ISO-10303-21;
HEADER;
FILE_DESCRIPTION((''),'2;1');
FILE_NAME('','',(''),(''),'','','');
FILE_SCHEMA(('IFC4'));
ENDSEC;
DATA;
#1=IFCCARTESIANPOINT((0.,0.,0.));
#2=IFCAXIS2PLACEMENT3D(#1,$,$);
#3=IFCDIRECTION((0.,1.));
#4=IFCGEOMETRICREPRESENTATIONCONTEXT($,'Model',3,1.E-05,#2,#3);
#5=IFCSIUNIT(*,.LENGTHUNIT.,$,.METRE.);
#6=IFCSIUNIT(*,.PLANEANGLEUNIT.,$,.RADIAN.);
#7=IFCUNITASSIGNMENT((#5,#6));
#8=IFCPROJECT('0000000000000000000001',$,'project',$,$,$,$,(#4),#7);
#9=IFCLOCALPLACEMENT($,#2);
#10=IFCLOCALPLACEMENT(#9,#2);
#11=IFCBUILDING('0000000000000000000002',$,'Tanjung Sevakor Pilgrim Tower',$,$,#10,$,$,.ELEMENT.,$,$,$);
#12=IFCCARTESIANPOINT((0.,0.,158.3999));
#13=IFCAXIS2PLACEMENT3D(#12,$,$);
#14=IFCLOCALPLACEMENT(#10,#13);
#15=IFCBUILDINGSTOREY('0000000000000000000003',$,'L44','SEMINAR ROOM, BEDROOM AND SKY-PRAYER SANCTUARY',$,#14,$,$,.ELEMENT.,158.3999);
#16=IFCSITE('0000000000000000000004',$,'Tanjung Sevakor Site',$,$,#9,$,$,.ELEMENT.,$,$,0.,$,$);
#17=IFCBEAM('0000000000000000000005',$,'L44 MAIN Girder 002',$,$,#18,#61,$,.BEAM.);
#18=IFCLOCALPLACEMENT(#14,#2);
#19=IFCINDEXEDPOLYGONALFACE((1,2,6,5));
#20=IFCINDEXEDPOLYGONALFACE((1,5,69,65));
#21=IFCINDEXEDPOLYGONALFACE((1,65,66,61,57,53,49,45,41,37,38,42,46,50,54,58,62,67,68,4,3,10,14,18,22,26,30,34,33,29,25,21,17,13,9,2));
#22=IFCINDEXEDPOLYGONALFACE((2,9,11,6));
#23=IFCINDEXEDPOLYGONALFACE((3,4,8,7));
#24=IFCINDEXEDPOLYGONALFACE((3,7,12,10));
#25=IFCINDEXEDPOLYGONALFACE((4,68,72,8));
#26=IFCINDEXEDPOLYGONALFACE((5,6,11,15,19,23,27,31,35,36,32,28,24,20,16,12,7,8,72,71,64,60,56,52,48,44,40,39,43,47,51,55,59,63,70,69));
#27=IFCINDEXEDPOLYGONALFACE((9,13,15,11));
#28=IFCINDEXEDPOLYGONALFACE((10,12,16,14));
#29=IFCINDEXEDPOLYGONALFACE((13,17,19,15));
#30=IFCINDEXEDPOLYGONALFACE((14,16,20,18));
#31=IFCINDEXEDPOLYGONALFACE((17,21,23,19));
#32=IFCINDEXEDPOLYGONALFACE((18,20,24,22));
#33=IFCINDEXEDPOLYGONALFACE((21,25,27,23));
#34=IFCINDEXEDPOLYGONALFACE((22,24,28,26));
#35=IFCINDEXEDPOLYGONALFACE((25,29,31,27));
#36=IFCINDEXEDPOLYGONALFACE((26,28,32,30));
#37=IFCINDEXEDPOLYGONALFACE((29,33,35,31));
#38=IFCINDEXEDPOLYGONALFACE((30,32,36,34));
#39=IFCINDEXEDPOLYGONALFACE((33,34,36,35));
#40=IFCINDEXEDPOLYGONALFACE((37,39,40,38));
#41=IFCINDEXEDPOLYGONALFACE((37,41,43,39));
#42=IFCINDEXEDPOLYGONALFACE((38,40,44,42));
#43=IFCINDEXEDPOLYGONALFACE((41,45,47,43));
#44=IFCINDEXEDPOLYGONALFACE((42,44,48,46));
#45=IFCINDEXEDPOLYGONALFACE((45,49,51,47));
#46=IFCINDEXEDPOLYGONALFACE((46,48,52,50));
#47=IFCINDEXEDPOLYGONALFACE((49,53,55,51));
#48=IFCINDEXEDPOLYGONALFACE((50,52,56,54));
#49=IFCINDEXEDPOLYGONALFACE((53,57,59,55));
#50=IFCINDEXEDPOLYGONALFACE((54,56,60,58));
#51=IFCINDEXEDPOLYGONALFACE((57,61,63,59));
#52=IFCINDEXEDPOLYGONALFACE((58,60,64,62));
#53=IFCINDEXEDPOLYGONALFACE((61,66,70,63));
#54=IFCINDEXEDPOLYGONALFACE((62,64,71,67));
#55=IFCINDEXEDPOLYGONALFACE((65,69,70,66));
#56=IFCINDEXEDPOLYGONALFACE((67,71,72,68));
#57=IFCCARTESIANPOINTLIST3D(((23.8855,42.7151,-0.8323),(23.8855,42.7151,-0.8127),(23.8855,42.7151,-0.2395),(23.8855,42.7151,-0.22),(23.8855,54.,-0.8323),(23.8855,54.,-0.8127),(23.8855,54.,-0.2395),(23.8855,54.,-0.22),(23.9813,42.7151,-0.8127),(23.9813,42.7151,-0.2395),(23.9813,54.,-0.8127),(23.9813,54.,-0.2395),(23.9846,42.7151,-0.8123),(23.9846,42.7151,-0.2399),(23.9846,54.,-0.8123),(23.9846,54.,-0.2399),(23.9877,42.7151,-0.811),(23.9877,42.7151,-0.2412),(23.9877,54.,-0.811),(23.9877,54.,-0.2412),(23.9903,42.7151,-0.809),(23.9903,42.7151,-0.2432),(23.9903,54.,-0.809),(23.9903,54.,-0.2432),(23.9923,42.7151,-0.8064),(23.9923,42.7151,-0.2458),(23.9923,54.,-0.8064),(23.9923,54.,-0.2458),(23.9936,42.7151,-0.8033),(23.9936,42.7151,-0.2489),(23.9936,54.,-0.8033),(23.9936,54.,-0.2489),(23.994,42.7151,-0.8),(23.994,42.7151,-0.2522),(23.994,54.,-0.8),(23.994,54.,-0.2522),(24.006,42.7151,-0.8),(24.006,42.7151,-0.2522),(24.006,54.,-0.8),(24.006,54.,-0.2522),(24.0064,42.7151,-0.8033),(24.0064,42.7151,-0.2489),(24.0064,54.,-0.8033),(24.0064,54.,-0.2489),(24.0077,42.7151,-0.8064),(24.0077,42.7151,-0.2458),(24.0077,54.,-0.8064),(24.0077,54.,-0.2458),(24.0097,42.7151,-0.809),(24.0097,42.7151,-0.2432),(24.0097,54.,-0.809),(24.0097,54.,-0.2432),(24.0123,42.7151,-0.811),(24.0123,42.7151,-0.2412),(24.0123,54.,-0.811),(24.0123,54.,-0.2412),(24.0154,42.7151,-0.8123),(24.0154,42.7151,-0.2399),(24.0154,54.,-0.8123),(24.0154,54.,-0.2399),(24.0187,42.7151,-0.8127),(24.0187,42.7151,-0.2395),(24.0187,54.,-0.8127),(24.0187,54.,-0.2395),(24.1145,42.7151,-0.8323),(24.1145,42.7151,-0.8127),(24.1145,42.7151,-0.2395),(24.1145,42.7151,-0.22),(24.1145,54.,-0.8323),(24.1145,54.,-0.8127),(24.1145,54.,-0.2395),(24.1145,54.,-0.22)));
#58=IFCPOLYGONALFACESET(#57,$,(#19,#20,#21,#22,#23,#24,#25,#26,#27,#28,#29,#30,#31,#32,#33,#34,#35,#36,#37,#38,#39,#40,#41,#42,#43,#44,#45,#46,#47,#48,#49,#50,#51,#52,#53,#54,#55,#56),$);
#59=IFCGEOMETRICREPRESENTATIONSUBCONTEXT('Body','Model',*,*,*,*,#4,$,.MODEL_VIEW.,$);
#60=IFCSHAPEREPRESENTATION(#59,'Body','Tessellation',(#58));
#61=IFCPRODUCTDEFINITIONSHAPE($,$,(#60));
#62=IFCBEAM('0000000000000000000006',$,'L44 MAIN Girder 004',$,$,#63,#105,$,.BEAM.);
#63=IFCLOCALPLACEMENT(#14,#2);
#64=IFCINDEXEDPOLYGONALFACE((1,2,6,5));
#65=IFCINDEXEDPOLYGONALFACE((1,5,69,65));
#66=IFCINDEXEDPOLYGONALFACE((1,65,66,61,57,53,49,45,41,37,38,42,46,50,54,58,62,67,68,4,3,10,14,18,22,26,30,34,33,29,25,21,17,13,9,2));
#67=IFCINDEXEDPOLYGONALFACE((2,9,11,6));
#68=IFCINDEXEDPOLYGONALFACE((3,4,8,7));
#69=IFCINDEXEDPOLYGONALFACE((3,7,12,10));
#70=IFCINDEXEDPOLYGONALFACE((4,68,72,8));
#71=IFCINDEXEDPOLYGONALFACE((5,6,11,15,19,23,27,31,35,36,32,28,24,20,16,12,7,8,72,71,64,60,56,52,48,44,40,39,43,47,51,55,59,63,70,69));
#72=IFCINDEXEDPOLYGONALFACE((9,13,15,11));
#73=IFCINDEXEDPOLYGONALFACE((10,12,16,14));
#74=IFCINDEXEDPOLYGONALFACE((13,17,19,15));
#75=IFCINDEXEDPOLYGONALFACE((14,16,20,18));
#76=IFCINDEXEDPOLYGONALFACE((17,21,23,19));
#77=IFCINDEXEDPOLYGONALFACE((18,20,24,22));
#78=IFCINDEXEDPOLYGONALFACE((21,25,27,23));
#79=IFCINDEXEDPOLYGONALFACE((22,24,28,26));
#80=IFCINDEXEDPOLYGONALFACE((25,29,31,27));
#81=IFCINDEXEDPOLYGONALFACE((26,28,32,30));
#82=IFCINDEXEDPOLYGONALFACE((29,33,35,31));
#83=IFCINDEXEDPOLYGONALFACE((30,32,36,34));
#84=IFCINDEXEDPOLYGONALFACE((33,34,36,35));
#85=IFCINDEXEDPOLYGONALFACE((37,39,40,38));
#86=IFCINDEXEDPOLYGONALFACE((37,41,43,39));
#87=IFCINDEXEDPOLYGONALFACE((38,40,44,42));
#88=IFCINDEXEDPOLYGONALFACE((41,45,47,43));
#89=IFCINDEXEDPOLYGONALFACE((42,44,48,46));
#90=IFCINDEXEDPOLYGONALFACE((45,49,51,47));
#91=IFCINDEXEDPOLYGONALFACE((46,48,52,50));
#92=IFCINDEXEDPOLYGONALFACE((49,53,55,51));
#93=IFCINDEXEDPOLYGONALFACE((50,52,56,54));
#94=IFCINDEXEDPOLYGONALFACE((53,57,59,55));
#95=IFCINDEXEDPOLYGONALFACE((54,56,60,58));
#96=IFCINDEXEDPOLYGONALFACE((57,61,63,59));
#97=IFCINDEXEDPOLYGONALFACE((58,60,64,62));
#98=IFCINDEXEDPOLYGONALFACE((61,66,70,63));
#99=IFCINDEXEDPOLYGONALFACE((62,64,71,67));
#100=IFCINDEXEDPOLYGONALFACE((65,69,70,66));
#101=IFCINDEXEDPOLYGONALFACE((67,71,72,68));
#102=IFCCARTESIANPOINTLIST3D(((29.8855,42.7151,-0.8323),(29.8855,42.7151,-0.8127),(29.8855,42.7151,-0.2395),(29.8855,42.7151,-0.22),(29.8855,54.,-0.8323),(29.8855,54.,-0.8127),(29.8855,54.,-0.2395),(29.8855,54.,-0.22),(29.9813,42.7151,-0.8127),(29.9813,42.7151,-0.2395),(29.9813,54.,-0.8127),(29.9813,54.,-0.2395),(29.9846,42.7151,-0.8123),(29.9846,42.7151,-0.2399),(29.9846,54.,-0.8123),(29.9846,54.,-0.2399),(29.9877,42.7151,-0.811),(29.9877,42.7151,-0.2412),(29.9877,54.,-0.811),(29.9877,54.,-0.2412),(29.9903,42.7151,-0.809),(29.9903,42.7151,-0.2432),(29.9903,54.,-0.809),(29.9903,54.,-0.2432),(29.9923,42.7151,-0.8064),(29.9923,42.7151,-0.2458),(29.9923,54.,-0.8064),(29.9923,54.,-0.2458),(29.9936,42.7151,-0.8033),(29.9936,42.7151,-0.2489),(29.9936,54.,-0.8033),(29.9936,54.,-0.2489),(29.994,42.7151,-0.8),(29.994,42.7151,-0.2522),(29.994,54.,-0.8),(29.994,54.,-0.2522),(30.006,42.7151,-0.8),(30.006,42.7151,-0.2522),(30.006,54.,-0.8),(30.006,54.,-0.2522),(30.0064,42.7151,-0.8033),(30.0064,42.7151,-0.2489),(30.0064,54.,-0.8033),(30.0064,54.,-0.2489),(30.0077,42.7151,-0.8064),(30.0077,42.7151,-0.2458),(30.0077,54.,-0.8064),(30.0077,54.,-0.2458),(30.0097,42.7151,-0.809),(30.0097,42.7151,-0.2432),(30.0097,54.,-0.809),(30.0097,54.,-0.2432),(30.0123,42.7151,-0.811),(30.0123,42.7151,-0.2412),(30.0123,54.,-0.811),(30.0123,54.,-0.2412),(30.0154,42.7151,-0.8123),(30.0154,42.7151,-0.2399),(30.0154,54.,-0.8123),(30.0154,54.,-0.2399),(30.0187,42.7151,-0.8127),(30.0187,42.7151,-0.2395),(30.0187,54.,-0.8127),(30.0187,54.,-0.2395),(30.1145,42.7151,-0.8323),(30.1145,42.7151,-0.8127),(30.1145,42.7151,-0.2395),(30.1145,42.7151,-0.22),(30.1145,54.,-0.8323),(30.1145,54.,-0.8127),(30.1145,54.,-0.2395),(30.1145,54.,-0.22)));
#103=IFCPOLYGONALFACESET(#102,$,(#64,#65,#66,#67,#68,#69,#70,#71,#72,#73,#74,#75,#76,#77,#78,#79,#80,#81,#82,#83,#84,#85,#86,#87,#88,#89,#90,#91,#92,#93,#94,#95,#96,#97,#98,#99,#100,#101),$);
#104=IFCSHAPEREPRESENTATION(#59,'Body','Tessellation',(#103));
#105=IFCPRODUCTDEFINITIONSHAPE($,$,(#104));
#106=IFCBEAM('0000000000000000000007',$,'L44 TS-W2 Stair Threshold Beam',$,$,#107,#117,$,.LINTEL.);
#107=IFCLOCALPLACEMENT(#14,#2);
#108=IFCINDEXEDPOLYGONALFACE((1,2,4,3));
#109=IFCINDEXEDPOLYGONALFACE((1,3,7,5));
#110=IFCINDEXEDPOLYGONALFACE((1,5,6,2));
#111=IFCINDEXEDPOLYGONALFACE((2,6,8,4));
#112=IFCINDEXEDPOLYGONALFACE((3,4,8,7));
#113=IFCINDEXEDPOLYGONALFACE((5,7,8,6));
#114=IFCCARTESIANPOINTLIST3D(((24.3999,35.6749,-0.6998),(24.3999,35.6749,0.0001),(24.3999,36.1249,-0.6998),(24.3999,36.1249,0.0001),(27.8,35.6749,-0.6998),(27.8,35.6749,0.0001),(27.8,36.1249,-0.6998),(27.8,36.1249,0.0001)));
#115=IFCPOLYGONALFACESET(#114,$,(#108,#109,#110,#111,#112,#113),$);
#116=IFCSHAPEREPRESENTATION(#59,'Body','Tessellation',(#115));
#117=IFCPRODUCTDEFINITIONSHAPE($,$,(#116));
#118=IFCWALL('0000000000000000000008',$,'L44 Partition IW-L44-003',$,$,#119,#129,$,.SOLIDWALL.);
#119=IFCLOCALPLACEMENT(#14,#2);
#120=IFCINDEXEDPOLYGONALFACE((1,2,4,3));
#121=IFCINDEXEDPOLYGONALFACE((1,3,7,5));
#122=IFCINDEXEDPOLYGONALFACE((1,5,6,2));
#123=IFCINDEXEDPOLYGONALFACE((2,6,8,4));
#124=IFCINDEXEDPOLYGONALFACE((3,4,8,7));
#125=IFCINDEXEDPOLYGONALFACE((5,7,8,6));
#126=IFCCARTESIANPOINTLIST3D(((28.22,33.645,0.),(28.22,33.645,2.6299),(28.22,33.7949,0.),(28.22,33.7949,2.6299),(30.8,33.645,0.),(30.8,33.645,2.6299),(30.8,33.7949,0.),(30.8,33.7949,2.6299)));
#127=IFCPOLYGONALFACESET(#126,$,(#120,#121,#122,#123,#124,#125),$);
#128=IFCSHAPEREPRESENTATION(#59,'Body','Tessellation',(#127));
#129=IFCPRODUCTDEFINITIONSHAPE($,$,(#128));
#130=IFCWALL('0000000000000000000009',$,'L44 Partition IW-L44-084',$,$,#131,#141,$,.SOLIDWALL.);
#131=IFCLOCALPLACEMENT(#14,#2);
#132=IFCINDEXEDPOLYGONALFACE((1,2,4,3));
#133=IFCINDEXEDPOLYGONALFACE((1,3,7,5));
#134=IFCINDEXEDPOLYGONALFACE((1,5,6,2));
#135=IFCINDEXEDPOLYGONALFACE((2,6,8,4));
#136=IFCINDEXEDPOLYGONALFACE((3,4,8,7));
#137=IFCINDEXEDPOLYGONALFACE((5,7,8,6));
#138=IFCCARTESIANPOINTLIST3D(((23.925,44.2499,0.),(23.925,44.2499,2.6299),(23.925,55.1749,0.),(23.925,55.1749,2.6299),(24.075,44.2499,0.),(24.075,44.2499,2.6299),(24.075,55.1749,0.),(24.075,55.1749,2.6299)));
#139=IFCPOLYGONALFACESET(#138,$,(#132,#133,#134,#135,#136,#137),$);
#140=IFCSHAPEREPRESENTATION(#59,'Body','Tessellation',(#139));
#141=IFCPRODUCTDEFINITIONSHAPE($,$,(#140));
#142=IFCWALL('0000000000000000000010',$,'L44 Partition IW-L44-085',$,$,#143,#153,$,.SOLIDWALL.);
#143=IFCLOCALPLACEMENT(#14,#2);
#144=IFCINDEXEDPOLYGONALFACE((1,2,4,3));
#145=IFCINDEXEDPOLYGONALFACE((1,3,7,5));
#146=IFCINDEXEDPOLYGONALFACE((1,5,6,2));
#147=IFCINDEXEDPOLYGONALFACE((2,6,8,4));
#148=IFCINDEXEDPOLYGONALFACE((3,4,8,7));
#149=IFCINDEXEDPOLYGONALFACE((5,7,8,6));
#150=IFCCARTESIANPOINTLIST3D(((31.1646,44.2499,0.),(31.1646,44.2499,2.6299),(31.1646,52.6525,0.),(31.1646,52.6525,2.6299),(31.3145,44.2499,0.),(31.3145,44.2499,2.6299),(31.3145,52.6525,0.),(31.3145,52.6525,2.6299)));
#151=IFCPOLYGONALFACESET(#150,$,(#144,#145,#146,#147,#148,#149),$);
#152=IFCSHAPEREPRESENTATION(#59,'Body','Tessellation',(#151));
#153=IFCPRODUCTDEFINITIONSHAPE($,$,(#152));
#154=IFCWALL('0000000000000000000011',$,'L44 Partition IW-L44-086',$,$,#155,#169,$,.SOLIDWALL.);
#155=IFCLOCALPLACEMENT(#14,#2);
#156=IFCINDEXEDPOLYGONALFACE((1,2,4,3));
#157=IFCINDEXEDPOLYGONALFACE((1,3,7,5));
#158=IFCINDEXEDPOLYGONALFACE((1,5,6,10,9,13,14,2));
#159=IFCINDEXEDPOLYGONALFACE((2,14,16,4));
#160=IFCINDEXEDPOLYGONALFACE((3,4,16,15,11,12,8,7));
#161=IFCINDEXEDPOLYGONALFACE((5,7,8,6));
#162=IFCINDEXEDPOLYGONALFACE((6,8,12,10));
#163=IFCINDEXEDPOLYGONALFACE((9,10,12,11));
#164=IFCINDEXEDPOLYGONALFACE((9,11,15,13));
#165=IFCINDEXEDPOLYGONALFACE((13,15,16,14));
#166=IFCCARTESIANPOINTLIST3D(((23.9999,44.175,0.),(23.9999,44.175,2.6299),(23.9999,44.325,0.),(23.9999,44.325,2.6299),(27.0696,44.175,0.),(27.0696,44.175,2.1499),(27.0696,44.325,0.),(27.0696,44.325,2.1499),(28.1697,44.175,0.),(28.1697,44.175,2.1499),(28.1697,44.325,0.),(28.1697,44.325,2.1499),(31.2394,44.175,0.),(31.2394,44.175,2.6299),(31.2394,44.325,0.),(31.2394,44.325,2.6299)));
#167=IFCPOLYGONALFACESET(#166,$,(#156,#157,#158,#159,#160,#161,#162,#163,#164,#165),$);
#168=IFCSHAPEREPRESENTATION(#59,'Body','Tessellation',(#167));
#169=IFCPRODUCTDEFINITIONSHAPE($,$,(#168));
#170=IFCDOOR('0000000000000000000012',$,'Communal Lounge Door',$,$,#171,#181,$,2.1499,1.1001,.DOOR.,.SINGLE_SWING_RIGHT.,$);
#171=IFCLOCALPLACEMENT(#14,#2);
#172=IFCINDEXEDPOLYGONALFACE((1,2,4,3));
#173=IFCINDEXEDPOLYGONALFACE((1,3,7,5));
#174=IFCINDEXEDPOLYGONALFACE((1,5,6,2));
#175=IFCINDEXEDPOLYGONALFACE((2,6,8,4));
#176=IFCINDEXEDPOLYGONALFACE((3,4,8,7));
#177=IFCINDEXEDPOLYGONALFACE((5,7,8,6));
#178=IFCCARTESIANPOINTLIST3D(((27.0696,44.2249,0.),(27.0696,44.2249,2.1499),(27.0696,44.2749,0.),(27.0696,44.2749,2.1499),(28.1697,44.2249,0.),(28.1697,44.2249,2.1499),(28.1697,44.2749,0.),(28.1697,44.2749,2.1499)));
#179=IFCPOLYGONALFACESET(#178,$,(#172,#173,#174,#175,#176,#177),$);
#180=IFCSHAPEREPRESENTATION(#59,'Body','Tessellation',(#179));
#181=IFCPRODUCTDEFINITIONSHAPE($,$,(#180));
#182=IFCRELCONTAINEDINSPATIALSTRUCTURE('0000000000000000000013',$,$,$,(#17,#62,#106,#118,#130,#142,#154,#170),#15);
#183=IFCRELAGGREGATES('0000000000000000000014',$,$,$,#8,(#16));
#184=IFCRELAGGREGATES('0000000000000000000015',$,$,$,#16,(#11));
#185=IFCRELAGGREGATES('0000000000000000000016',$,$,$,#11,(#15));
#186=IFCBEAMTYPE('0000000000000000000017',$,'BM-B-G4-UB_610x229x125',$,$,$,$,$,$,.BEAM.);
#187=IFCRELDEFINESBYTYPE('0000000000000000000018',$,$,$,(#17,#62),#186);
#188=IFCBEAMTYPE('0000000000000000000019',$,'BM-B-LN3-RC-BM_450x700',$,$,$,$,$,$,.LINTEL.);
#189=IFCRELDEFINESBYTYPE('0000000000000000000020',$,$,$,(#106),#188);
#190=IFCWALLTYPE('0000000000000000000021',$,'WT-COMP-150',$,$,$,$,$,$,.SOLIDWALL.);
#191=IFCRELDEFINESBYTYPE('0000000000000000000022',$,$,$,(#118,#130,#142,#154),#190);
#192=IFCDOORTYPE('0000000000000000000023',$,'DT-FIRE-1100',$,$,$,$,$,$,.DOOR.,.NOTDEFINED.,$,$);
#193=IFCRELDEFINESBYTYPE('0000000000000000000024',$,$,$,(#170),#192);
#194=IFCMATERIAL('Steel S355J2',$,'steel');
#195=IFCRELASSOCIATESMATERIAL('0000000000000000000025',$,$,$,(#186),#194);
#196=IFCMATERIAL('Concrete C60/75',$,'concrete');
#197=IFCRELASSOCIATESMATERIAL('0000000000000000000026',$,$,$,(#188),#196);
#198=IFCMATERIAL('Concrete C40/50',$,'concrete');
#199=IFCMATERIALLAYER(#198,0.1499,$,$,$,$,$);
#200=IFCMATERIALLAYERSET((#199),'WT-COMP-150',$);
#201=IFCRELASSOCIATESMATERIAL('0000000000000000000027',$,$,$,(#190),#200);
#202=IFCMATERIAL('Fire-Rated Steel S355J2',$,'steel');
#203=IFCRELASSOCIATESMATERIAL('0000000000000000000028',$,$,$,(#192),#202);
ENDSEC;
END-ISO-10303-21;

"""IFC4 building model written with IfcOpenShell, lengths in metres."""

from ifc_helpers import new_model, si_unit, direction, frame, frame_2d, origin, origin_2d, place, context, subcontext, project, spatial, rectangle, i_section, extrude, material, layer, layer_set, material_profile, profile_set, type_object, element, fill, save


model = new_model("IFC4")

# Units and contexts
model_context = context("Model", 3, precision=1e-05, world=origin(), true_north=direction((0.0, 1.0)))
body_context = subcontext(model_context, "Body", "Model", "MODEL_VIEW")
ifc_project = project(units=[si_unit("LENGTHUNIT", "METRE"), si_unit("PLANEANGLEUNIT", "RADIAN")], contexts=[model_context])

# Site, building, storey
site_placement = place(None, origin())
site = spatial("IfcSite", under=ifc_project, at=site_placement, Name="Tanjung Sevakor Site", CompositionType="ELEMENT", RefElevation=0.0)
building_placement = place(site_placement, origin())
building = spatial("IfcBuilding", under=site, at=building_placement, Name="Tanjung Sevakor Pilgrim Tower", CompositionType="ELEMENT")
storey_placement = place(building_placement, frame((0.0, 0.0, 158.3999)))
storey = spatial("IfcBuildingStorey", under=building, at=storey_placement, Name="L44", Description="SEMINAR ROOM, BEDROOM AND SKY-PRAYER SANCTUARY", CompositionType="ELEMENT", Elevation=158.3999)

# Beams
ifc_material_1 = material(Name="Steel S355J2", Category="steel")
ifc_material_profile_1 = material_profile(ifc_material_1, i_section(OverallWidth=0.229, OverallDepth=0.6123, WebThickness=0.012, FlangeThickness=0.0195, FilletRadius=0.0127, at=origin_2d()))
ifc_profile_set_1 = profile_set([ifc_material_profile_1], Name="Steel S355J2")
beam_type_1 = type_object("IfcBeamType", Name="BM-B-G4-UB_610x229x125", PredefinedType="BEAM", material=ifc_profile_set_1)
for number, where, z_axis, x_axis, name in (
    (1, (24.0, 42.7151, -0.5261), (0.0, 1.0, 0.0), (-1.0, 0.0, 0.0), "L44 MAIN Girder 002"),
    (2, (30.0, 42.7151, -0.5261), (0.0, 1.0, 0.0), (-1.0, 0.0, 0.0), "L44 MAIN Girder 004"),
):
    element("IfcBeam", number, at=place(storey_placement, frame(where, z_axis=z_axis, x_axis=x_axis)), inside=storey, type_object=beam_type_1, Name=name, PredefinedType="BEAM", context=body_context, shape_type="SweptSolid", body=[
        extrude(i_section(OverallWidth=0.229, OverallDepth=0.6123, WebThickness=0.012, FlangeThickness=0.0195, FilletRadius=0.0127, at=origin_2d()), origin(), (0.0, 0.0, 1.0), 11.2849),
    ])
ifc_material_2 = material(Name="Concrete C60/75", Category="concrete")
ifc_material_profile_2 = material_profile(ifc_material_2, rectangle(XDim=0.45, YDim=0.7, at=origin_2d()))
ifc_profile_set_2 = profile_set([ifc_material_profile_2], Name="Concrete C60/75")
beam_type_2 = type_object("IfcBeamType", Name="BM-B-LN3-RC-BM_450x700", PredefinedType="LINTEL", material=ifc_profile_set_2)
beam_placement = place(storey_placement, frame((24.3999, 35.8999, -0.3499), z_axis=(1.0, 0.0, 0.0), x_axis=(0.0, 1.0, 0.0)))
element("IfcBeam", 3, at=beam_placement, inside=storey, type_object=beam_type_2, Name="L44 TS-W2 Stair Threshold Beam", PredefinedType="LINTEL", context=body_context, shape_type="SweptSolid", body=[
    extrude(rectangle(XDim=0.45, YDim=0.7, at=origin_2d()), origin(), (0.0, 0.0, 1.0), 3.4001),
])

# Wall
ifc_material_3 = material(Name="Concrete C40/50", Category="concrete")
ifc_layer_1 = layer(ifc_material_3, 0.1499)
ifc_layer_set_1 = layer_set([ifc_layer_1], Name="WT-COMP-150")
wall_type_1 = type_object("IfcWallType", Name="WT-COMP-150", PredefinedType="SOLIDWALL", material=ifc_layer_set_1)
wall_1_placement = place(storey_placement, frame((28.22, 33.72, 0.0), z_axis=(0.0, 0.0, 1.0), x_axis=(1.0, 0.0, 0.0)))
element("IfcWall", 4, at=wall_1_placement, inside=storey, type_object=wall_type_1, Name="L44 Partition IW-L44-003", PredefinedType="SOLIDWALL", context=body_context, shape_type="SweptSolid", body=[
    extrude(rectangle(XDim=2.5801, YDim=0.1499, at=frame_2d((1.29, 0.0))), origin(), (0.0, 0.0, 1.0), 2.6299),
])

# Walls
wall_2_placement = place(storey_placement, frame((24.0, 44.25, 0.0), z_axis=(0.0, 0.0, 1.0), x_axis=(0.0, 1.0, 0.0)))
element("IfcWall", 5, at=wall_2_placement, inside=storey, type_object=wall_type_1, Name="L44 Partition IW-L44-084", PredefinedType="SOLIDWALL", context=body_context, shape_type="SweptSolid", body=[
    extrude(rectangle(XDim=10.925, YDim=0.1499, at=frame_2d((5.4624, 0.0))), origin(), (0.0, 0.0, 1.0), 2.6299),
])
wall_3_placement = place(storey_placement, frame((31.2395, 44.25, 0.0), z_axis=(0.0, 0.0, 1.0), x_axis=(0.0, 1.0, 0.0)))
element("IfcWall", 6, at=wall_3_placement, inside=storey, type_object=wall_type_1, Name="L44 Partition IW-L44-085", PredefinedType="SOLIDWALL", context=body_context, shape_type="SweptSolid", body=[
    extrude(rectangle(XDim=8.4026, YDim=0.1499, at=frame_2d((4.2012, 0.0))), origin(), (0.0, 0.0, 1.0), 2.6299),
])

# Wall, opening, door
wall_4_placement = place(storey_placement, frame((24.0, 44.25, 0.0), z_axis=(0.0, 0.0, 1.0), x_axis=(1.0, 0.0, 0.0)))
wall_4 = element("IfcWall", 7, at=wall_4_placement, inside=storey, type_object=wall_type_1, Name="L44 Partition IW-L44-086", PredefinedType="SOLIDWALL", context=body_context, shape_type="SweptSolid", body=[
    extrude(rectangle(XDim=7.2395, YDim=0.1499, at=frame_2d((3.6196, 0.0))), origin(), (0.0, 0.0, 1.0), 2.6299),
])
opening_1_placement = place(wall_4_placement, frame((3.0696, 0.0, 0.0)))
opening_1 = element("IfcOpeningElement", 8, at=opening_1_placement, cuts=wall_4, PredefinedType="OPENING", context=body_context, shape_type="SweptSolid", body=[
    extrude(rectangle(XDim=1.1001, YDim=2.1499, at=frame_2d((0.55, 1.075))), frame((0.0, 0.085, 0.0), z_axis=(0.0, -1.0, 0.0), x_axis=(1.0, 0.0, 0.0)), (0.0, 0.0, 1.0), 0.1699),
])
ifc_material_4 = material(Name="Fire-Rated Steel S355J2", Category="steel")
door_type_1 = type_object("IfcDoorType", Name="DT-FIRE-1100", OperationType="NOTDEFINED", PredefinedType="DOOR", material=ifc_material_4)
door_1_placement = place(opening_1_placement, origin())
door_1 = element("IfcDoor", 9, at=door_1_placement, inside=storey, type_object=door_type_1, Name="Communal Lounge Door", OperationType="SINGLE_SWING_RIGHT", OverallHeight=2.1499, OverallWidth=1.1001, PredefinedType="DOOR", context=body_context, shape_type="SweptSolid", body=[
    extrude(rectangle(XDim=1.1001, YDim=2.1499, at=frame_2d((0.55, 1.075))), frame((0.0, 0.0249, 0.0), z_axis=(0.0, -1.0, 0.0), x_axis=(1.0, 0.0, 0.0)), (0.0, 0.0, 1.0), 0.05),
])
fill(opening_1, door_1)

save(model, "model.ifc")
